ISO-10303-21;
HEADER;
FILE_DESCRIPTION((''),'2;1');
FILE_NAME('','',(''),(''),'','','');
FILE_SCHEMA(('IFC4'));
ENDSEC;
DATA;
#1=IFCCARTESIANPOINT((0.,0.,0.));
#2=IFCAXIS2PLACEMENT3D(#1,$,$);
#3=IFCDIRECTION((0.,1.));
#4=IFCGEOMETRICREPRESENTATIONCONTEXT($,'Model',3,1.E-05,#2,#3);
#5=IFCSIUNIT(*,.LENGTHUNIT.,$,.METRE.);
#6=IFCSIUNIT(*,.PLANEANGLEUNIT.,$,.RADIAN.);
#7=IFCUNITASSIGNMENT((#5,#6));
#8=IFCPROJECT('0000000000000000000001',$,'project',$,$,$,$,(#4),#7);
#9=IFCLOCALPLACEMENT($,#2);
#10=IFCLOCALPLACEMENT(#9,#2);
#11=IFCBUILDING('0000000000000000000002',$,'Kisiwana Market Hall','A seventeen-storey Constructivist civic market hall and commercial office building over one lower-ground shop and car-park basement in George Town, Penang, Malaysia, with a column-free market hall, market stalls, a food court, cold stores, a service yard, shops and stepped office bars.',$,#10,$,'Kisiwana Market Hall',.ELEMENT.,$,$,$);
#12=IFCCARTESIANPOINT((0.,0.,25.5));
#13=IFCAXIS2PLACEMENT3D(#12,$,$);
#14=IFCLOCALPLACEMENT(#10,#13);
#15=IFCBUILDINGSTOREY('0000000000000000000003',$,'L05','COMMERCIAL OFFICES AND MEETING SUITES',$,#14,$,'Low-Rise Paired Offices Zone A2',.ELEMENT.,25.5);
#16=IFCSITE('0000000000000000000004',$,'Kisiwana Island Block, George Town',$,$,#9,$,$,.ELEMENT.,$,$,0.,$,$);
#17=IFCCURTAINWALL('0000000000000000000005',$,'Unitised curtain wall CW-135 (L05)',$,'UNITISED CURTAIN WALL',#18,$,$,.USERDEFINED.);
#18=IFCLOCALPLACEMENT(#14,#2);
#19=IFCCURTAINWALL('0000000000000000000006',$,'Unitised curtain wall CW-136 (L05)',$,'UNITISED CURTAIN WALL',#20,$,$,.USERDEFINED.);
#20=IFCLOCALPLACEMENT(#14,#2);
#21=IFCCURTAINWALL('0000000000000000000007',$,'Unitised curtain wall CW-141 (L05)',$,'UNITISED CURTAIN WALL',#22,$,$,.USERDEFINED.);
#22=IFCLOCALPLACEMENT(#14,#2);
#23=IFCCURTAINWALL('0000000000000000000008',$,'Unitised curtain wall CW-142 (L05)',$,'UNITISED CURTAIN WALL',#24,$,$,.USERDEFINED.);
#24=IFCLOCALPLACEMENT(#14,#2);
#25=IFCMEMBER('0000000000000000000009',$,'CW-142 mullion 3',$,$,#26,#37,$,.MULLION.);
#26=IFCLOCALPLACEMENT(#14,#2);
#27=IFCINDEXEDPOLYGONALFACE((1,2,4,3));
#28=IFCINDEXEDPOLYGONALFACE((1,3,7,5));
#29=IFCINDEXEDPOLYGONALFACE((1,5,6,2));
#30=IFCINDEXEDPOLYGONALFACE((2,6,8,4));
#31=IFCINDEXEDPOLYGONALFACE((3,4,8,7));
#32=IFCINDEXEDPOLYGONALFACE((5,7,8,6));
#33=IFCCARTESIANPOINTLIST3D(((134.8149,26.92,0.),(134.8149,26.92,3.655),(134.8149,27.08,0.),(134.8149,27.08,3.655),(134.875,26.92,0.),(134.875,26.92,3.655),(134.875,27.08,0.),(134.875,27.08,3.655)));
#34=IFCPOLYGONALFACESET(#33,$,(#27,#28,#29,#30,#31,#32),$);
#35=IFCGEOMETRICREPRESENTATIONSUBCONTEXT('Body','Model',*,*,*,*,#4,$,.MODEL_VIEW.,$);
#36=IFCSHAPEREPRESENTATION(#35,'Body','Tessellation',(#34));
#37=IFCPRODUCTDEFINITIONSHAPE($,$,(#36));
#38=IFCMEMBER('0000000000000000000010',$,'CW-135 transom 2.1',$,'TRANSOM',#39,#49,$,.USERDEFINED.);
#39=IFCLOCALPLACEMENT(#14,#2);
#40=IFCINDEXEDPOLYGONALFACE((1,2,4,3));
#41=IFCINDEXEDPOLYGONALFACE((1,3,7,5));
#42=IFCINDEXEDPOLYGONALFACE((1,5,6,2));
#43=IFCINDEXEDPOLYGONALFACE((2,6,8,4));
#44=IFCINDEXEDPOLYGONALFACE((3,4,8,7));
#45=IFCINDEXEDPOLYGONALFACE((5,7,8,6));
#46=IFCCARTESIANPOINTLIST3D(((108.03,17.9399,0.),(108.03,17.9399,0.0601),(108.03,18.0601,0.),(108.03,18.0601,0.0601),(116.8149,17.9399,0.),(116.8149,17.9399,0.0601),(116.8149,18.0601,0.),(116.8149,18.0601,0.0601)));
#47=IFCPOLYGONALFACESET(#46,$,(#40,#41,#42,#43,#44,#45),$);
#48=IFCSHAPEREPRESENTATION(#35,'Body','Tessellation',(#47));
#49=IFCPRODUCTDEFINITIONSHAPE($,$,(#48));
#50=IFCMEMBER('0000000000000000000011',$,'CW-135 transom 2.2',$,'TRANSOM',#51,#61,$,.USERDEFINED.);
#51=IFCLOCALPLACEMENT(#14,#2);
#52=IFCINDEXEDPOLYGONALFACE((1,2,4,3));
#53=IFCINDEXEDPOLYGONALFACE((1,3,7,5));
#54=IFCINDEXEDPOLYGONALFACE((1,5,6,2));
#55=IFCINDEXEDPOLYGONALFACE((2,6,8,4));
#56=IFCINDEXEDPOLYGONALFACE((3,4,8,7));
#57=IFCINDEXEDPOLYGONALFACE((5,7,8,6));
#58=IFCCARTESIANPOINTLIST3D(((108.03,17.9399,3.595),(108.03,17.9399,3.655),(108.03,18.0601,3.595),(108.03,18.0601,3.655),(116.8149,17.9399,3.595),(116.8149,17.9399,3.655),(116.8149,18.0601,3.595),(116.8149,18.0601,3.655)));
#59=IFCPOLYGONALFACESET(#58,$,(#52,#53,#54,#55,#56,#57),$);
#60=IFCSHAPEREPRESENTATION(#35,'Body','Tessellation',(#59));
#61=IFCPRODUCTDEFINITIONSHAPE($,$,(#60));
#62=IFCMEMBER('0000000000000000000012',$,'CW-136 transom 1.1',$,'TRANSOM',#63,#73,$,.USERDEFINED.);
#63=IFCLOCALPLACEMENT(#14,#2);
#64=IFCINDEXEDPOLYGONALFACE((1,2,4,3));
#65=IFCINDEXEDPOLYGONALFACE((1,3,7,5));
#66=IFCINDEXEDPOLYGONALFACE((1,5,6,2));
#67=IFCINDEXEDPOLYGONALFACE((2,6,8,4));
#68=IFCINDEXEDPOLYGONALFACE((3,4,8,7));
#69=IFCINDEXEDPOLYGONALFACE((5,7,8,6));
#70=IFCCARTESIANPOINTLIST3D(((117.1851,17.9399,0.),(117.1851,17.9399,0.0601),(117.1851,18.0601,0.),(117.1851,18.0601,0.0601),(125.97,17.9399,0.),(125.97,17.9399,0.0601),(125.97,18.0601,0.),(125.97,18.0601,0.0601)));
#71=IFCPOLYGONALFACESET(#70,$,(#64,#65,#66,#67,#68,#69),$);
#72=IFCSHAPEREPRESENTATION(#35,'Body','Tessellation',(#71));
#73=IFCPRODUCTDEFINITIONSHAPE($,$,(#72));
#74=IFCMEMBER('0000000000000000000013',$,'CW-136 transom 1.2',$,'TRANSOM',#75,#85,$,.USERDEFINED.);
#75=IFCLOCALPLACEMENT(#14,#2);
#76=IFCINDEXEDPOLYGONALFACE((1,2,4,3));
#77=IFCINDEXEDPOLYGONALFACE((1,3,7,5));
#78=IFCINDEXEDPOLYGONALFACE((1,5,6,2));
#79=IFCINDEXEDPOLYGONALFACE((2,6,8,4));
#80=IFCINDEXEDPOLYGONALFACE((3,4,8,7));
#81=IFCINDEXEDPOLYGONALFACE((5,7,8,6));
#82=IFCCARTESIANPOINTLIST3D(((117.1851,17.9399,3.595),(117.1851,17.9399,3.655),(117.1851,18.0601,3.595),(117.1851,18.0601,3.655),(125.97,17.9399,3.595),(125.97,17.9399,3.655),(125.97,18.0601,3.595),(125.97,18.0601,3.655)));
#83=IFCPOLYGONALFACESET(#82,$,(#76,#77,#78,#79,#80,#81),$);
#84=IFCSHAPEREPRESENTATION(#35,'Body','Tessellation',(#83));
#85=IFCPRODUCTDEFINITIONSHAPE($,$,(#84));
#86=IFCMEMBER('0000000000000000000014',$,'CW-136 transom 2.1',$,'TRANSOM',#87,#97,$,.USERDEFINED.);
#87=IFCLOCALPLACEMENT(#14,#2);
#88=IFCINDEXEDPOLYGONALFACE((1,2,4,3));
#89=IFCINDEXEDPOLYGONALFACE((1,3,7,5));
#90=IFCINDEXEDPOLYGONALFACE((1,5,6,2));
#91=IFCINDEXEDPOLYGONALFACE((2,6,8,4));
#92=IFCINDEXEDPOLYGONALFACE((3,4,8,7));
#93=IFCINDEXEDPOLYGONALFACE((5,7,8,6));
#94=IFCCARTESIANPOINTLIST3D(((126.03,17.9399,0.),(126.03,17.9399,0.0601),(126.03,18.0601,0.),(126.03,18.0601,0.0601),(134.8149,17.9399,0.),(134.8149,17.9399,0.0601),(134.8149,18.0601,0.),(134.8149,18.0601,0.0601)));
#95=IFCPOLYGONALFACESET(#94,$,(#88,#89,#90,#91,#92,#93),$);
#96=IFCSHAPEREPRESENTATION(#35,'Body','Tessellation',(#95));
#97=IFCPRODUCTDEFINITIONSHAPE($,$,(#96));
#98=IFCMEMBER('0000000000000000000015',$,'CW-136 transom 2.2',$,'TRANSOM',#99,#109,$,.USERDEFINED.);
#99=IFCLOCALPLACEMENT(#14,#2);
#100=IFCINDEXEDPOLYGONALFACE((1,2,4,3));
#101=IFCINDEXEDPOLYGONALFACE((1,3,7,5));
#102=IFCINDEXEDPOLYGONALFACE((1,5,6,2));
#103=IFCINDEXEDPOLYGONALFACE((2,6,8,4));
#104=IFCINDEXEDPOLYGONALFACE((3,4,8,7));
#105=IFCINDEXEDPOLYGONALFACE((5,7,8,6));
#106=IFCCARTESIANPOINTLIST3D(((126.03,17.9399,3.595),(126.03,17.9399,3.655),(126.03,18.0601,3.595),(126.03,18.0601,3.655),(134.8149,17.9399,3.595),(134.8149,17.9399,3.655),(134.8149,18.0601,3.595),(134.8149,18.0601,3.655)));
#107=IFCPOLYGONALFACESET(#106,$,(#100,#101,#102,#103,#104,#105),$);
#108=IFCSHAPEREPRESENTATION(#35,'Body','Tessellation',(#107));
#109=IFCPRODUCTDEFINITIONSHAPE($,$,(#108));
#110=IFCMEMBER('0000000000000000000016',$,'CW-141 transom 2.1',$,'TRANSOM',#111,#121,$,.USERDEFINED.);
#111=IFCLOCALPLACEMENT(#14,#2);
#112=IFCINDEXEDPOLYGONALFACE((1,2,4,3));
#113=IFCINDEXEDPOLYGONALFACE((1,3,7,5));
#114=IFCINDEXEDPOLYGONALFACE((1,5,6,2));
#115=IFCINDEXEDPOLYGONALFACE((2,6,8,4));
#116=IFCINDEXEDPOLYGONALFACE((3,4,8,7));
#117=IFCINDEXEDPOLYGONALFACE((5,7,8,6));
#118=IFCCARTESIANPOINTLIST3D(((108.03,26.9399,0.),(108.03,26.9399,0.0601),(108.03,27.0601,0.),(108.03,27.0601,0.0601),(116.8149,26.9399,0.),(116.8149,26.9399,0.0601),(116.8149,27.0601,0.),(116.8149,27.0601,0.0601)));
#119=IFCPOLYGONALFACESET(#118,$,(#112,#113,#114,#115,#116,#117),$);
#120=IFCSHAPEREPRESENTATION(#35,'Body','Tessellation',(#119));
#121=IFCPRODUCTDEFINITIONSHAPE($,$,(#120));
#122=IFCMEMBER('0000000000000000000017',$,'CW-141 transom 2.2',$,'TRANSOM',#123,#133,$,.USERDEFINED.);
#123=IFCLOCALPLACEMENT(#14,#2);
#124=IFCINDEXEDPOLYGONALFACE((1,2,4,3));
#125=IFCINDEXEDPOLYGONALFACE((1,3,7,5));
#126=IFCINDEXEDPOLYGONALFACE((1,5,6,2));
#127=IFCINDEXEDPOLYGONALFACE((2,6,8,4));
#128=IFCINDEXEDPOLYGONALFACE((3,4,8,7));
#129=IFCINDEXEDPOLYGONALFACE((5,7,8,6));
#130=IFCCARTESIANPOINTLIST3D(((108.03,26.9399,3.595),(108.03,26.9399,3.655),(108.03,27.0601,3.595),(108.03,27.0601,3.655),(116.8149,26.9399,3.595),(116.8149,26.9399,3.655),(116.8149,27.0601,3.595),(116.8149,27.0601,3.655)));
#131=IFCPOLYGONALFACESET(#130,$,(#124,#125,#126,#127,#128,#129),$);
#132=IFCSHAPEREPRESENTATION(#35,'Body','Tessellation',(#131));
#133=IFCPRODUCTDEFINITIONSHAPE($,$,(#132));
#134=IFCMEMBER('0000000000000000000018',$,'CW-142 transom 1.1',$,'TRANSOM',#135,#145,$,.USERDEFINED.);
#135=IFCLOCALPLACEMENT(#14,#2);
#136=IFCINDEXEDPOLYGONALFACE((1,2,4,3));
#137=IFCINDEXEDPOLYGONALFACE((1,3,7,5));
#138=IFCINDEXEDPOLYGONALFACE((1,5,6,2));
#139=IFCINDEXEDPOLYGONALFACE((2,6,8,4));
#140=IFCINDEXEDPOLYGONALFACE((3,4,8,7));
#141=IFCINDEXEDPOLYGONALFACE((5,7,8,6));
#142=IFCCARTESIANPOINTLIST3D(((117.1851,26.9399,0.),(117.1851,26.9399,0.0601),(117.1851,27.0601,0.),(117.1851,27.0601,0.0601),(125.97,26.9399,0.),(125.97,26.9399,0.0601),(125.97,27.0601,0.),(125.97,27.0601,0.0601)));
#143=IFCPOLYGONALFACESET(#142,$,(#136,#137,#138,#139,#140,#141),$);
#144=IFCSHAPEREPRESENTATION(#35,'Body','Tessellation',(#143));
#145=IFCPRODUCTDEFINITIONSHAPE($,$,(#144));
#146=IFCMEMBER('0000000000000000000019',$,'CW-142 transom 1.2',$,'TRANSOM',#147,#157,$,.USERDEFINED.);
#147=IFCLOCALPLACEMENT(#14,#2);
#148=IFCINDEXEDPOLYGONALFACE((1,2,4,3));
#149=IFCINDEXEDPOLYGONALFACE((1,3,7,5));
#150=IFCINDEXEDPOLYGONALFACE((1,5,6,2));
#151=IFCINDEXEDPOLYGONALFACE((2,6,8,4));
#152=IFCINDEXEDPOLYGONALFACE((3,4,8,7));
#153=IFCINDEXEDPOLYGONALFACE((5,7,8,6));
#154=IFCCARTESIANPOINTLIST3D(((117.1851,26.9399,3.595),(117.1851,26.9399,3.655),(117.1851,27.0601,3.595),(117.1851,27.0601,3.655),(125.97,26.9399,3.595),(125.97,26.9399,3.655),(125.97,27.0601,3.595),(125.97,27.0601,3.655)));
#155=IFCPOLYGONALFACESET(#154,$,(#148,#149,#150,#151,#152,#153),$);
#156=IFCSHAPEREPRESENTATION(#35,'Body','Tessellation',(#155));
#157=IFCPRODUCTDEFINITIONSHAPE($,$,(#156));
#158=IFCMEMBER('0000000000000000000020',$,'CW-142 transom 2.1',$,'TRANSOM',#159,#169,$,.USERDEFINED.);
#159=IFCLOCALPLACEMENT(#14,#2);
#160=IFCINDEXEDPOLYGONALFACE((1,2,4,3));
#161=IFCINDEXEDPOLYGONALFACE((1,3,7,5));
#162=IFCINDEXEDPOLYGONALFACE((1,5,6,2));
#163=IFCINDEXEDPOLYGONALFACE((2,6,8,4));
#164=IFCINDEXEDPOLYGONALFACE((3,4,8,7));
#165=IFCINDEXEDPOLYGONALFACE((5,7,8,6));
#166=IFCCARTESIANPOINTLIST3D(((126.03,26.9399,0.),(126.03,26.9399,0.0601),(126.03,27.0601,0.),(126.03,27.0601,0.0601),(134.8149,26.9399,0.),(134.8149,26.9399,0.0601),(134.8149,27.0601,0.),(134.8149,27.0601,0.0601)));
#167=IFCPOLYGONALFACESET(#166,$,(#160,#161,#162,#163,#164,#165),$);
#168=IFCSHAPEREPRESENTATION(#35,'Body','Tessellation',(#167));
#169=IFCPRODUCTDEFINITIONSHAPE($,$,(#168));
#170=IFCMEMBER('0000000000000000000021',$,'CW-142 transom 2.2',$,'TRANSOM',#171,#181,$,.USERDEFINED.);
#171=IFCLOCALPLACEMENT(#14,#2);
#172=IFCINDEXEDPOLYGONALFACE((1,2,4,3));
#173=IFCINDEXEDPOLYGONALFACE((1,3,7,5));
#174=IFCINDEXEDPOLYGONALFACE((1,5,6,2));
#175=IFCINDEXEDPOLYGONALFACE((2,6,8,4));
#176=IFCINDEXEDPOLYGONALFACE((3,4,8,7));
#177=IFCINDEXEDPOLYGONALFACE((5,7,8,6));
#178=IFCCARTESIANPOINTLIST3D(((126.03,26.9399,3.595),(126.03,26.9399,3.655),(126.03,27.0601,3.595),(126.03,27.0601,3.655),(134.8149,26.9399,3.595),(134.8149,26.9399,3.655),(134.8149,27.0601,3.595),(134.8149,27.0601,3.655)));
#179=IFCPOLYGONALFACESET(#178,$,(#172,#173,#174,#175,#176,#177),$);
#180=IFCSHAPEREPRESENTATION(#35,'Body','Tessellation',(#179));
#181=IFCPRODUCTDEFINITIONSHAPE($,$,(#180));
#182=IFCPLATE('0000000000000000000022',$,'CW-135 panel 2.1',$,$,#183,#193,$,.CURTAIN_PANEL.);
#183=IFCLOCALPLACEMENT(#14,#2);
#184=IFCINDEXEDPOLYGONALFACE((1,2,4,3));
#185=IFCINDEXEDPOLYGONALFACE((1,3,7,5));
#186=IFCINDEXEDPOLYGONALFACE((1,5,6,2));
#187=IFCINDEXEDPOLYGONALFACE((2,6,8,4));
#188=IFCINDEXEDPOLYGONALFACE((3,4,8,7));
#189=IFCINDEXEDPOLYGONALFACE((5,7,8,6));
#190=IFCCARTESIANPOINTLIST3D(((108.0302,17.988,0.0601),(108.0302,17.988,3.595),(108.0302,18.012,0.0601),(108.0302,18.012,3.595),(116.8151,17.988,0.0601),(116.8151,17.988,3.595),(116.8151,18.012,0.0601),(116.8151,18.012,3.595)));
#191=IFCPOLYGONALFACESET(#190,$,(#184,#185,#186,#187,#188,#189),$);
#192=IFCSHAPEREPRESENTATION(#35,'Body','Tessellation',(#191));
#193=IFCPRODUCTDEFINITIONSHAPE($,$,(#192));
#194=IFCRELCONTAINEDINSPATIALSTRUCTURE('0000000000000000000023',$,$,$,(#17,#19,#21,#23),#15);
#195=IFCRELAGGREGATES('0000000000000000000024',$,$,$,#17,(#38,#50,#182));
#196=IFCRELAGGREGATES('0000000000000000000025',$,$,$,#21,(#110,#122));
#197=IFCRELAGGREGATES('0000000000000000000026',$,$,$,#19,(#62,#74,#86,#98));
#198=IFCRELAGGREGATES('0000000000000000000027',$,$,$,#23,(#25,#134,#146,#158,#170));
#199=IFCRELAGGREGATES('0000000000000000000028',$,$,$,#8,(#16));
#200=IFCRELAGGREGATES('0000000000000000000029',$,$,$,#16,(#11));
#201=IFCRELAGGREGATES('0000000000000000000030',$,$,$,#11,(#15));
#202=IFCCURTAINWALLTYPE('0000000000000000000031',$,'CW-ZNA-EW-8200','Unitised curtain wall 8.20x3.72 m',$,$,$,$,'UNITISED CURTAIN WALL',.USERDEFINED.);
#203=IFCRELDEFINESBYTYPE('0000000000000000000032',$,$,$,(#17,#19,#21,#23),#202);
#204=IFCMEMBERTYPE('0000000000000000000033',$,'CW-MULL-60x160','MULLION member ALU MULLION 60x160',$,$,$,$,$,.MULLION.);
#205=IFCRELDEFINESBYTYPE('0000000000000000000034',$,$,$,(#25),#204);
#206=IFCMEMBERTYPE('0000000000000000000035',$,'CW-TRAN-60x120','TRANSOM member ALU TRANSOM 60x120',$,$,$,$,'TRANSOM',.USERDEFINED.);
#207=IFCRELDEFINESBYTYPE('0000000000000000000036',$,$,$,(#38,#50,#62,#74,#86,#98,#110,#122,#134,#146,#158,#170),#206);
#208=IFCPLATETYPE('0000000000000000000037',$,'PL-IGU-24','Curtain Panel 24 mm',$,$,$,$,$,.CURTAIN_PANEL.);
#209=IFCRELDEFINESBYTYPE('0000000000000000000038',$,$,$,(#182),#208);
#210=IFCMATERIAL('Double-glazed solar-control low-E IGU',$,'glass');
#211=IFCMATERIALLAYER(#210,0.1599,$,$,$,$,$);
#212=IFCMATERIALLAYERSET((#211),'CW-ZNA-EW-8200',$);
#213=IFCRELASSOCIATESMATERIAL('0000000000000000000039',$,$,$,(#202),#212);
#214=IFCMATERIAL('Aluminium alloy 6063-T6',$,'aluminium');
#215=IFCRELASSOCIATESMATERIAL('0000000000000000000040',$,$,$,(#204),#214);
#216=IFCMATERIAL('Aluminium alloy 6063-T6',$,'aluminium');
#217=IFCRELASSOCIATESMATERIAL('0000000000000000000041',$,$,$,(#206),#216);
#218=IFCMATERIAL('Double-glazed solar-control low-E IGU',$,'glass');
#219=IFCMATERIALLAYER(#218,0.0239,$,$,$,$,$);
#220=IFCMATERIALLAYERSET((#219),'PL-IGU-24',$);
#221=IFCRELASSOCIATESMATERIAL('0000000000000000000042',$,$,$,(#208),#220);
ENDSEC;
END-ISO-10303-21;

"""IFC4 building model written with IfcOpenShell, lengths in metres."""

from ifc_helpers import new_model, si_unit, direction, frame, origin, origin_2d, place, context, subcontext, project, spatial, rectangle, extrude, material, layer, layer_set, material_profile, profile_set, type_object, element, aggregate, save


model = new_model("IFC4")

# Units and contexts
model_context = context("Model", 3, precision=1e-05, world=origin(), true_north=direction((0.0, 1.0)))
body_context = subcontext(model_context, "Body", "Model", "MODEL_VIEW")
ifc_project = project(units=[si_unit("LENGTHUNIT", "METRE"), si_unit("PLANEANGLEUNIT", "RADIAN")], contexts=[model_context])

# Site, building, storey
site_placement = place(None, origin())
site = spatial("IfcSite", under=ifc_project, at=site_placement, Name="Kisiwana Island Block, George Town", CompositionType="ELEMENT", RefElevation=0.0)
building_placement = place(site_placement, origin())
building = spatial("IfcBuilding", under=site, at=building_placement, Name="Kisiwana Market Hall", Description="A seventeen-storey Constructivist civic market hall and commercial office building over one lower-ground shop and car-park basement in George Town, Penang, Malaysia, with a column-free market hall, market stalls, a food court, cold stores, a service yard, shops and stepped office bars.", LongName="Kisiwana Market Hall", CompositionType="ELEMENT")
storey_placement = place(building_placement, frame((0.0, 0.0, 25.5)))
storey = spatial("IfcBuildingStorey", under=building, at=storey_placement, Name="L05", Description="COMMERCIAL OFFICES AND MEETING SUITES", LongName="Low-Rise Paired Offices Zone A2", CompositionType="ELEMENT", Elevation=25.5)

# Curtain wall
ifc_material_1 = material(Name="Double-glazed solar-control low-E IGU", Category="glass")
ifc_layer_1 = layer(ifc_material_1, 0.1599)
ifc_layer_set_1 = layer_set([ifc_layer_1], Name="CW-ZNA-EW-8200")
curtain_wall_type = type_object("IfcCurtainWallType", Name="CW-ZNA-EW-8200", Description="Unitised curtain wall 8.20x3.72 m", ElementType="UNITISED CURTAIN WALL", PredefinedType="USERDEFINED", material=ifc_layer_set_1)
curtain_wall_1_placement = place(storey_placement, origin())
curtain_wall_1 = element("IfcCurtainWall", 1, at=curtain_wall_1_placement, inside=storey, type_object=curtain_wall_type, Name="Unitised curtain wall CW-135 (L05)", ObjectType="UNITISED CURTAIN WALL", PredefinedType="USERDEFINED")
ifc_material_2 = material(Name="Aluminium alloy 6063-T6", Category="aluminium")
ifc_material_profile_1 = material_profile(ifc_material_2, rectangle(XDim=0.0601, YDim=0.1599, at=origin_2d()), Name="ALU MULLION 60x160")
ifc_profile_set_1 = profile_set([ifc_material_profile_1], Name="Aluminium alloy 6063-T6")
member_type_1 = type_object("IfcMemberType", Name="CW-MULL-60x160", Description="MULLION member ALU MULLION 60x160", PredefinedType="MULLION", material=ifc_profile_set_1)

# Curtain wall
curtain_wall_2_placement = place(storey_placement, origin())
curtain_wall_2 = element("IfcCurtainWall", 2, at=curtain_wall_2_placement, inside=storey, type_object=curtain_wall_type, Name="Unitised curtain wall CW-136 (L05)", ObjectType="UNITISED CURTAIN WALL", PredefinedType="USERDEFINED")

# Curtain wall
curtain_wall_3_placement = place(storey_placement, origin())
curtain_wall_3 = element("IfcCurtainWall", 3, at=curtain_wall_3_placement, inside=storey, type_object=curtain_wall_type, Name="Unitised curtain wall CW-141 (L05)", ObjectType="UNITISED CURTAIN WALL", PredefinedType="USERDEFINED")

# Curtain wall, member
curtain_wall_4_placement = place(storey_placement, origin())
curtain_wall_4 = element("IfcCurtainWall", 4, at=curtain_wall_4_placement, inside=storey, type_object=curtain_wall_type, Name="Unitised curtain wall CW-142 (L05)", ObjectType="UNITISED CURTAIN WALL", PredefinedType="USERDEFINED")
member_1_placement = place(storey_placement, frame((134.845, 27.0, 0.0), z_axis=(0.0, 0.0, 1.0), x_axis=(1.0, 0.0, 0.0)))
member_1 = element("IfcMember", 5, at=member_1_placement, type_object=member_type_1, Name="CW-142 mullion 3", PredefinedType="MULLION", context=body_context, shape_type="SweptSolid", body=[
    extrude(rectangle(XDim=0.0601, YDim=0.1599, at=origin_2d()), origin(), (0.0, 0.0, 1.0), 3.655),
])

# Members
ifc_material_3 = material(Name="Aluminium alloy 6063-T6", Category="aluminium")
ifc_material_profile_2 = material_profile(ifc_material_3, rectangle(XDim=0.1201, YDim=0.0601, at=origin_2d()), Name="ALU TRANSOM 60x120")
ifc_profile_set_2 = profile_set([ifc_material_profile_2], Name="Aluminium alloy 6063-T6")
member_type_2 = type_object("IfcMemberType", Name="CW-TRAN-60x120", Description="TRANSOM member ALU TRANSOM 60x120", ElementType="TRANSOM", PredefinedType="USERDEFINED", material=ifc_profile_set_2)
member_2_placement = place(storey_placement, frame((108.03, 18.0, 0.03), z_axis=(1.0, 0.0, 0.0), x_axis=(0.0, 1.0, 0.0)))
member_2 = element("IfcMember", 6, at=member_2_placement, type_object=member_type_2, Name="CW-135 transom 2.1", ObjectType="TRANSOM", PredefinedType="USERDEFINED", context=body_context, shape_type="SweptSolid", body=[
    extrude(rectangle(XDim=0.1201, YDim=0.0601, at=origin_2d()), origin(), (0.0, 0.0, 1.0), 8.7849),
])
member_3_placement = place(storey_placement, frame((108.03, 18.0, 3.625), z_axis=(1.0, 0.0, 0.0), x_axis=(0.0, 1.0, 0.0)))
member_3 = element("IfcMember", 7, at=member_3_placement, type_object=member_type_2, Name="CW-135 transom 2.2", ObjectType="TRANSOM", PredefinedType="USERDEFINED", context=body_context, shape_type="SweptSolid", body=[
    extrude(rectangle(XDim=0.1201, YDim=0.0601, at=origin_2d()), origin(), (0.0, 0.0, 1.0), 8.7849),
])
member_4_placement = place(storey_placement, frame((117.1851, 18.0, 0.03), z_axis=(1.0, 0.0, 0.0), x_axis=(0.0, 1.0, 0.0)))
member_4 = element("IfcMember", 8, at=member_4_placement, type_object=member_type_2, Name="CW-136 transom 1.1", ObjectType="TRANSOM", PredefinedType="USERDEFINED", context=body_context, shape_type="SweptSolid", body=[
    extrude(rectangle(XDim=0.1201, YDim=0.0601, at=origin_2d()), origin(), (0.0, 0.0, 1.0), 8.7849),
])
member_5_placement = place(storey_placement, frame((117.1851, 18.0, 3.625), z_axis=(1.0, 0.0, 0.0), x_axis=(0.0, 1.0, 0.0)))
member_5 = element("IfcMember", 9, at=member_5_placement, type_object=member_type_2, Name="CW-136 transom 1.2", ObjectType="TRANSOM", PredefinedType="USERDEFINED", context=body_context, shape_type="SweptSolid", body=[
    extrude(rectangle(XDim=0.1201, YDim=0.0601, at=origin_2d()), origin(), (0.0, 0.0, 1.0), 8.7849),
])
member_6_placement = place(storey_placement, frame((126.03, 18.0, 0.03), z_axis=(1.0, 0.0, 0.0), x_axis=(0.0, 1.0, 0.0)))
member_6 = element("IfcMember", 10, at=member_6_placement, type_object=member_type_2, Name="CW-136 transom 2.1", ObjectType="TRANSOM", PredefinedType="USERDEFINED", context=body_context, shape_type="SweptSolid", body=[
    extrude(rectangle(XDim=0.1201, YDim=0.0601, at=origin_2d()), origin(), (0.0, 0.0, 1.0), 8.7849),
])
member_7_placement = place(storey_placement, frame((126.03, 18.0, 3.625), z_axis=(1.0, 0.0, 0.0), x_axis=(0.0, 1.0, 0.0)))
member_7 = element("IfcMember", 11, at=member_7_placement, type_object=member_type_2, Name="CW-136 transom 2.2", ObjectType="TRANSOM", PredefinedType="USERDEFINED", context=body_context, shape_type="SweptSolid", body=[
    extrude(rectangle(XDim=0.1201, YDim=0.0601, at=origin_2d()), origin(), (0.0, 0.0, 1.0), 8.7849),
])
member_8_placement = place(storey_placement, frame((108.03, 27.0, 0.03), z_axis=(1.0, 0.0, 0.0), x_axis=(0.0, 1.0, 0.0)))
member_8 = element("IfcMember", 12, at=member_8_placement, type_object=member_type_2, Name="CW-141 transom 2.1", ObjectType="TRANSOM", PredefinedType="USERDEFINED", context=body_context, shape_type="SweptSolid", body=[
    extrude(rectangle(XDim=0.1201, YDim=0.0601, at=origin_2d()), origin(), (0.0, 0.0, 1.0), 8.7849),
])
member_9_placement = place(storey_placement, frame((108.03, 27.0, 3.625), z_axis=(1.0, 0.0, 0.0), x_axis=(0.0, 1.0, 0.0)))
member_9 = element("IfcMember", 13, at=member_9_placement, type_object=member_type_2, Name="CW-141 transom 2.2", ObjectType="TRANSOM", PredefinedType="USERDEFINED", context=body_context, shape_type="SweptSolid", body=[
    extrude(rectangle(XDim=0.1201, YDim=0.0601, at=origin_2d()), origin(), (0.0, 0.0, 1.0), 8.7849),
])
member_10_placement = place(storey_placement, frame((117.1851, 27.0, 0.03), z_axis=(1.0, 0.0, 0.0), x_axis=(0.0, 1.0, 0.0)))
member_10 = element("IfcMember", 14, at=member_10_placement, type_object=member_type_2, Name="CW-142 transom 1.1", ObjectType="TRANSOM", PredefinedType="USERDEFINED", context=body_context, shape_type="SweptSolid", body=[
    extrude(rectangle(XDim=0.1201, YDim=0.0601, at=origin_2d()), origin(), (0.0, 0.0, 1.0), 8.7849),
])
member_11_placement = place(storey_placement, frame((117.1851, 27.0, 3.625), z_axis=(1.0, 0.0, 0.0), x_axis=(0.0, 1.0, 0.0)))
member_11 = element("IfcMember", 15, at=member_11_placement, type_object=member_type_2, Name="CW-142 transom 1.2", ObjectType="TRANSOM", PredefinedType="USERDEFINED", context=body_context, shape_type="SweptSolid", body=[
    extrude(rectangle(XDim=0.1201, YDim=0.0601, at=origin_2d()), origin(), (0.0, 0.0, 1.0), 8.7849),
])
member_12_placement = place(storey_placement, frame((126.03, 27.0, 0.03), z_axis=(1.0, 0.0, 0.0), x_axis=(0.0, 1.0, 0.0)))
member_12 = element("IfcMember", 16, at=member_12_placement, type_object=member_type_2, Name="CW-142 transom 2.1", ObjectType="TRANSOM", PredefinedType="USERDEFINED", context=body_context, shape_type="SweptSolid", body=[
    extrude(rectangle(XDim=0.1201, YDim=0.0601, at=origin_2d()), origin(), (0.0, 0.0, 1.0), 8.7849),
])
member_13_placement = place(storey_placement, frame((126.03, 27.0, 3.625), z_axis=(1.0, 0.0, 0.0), x_axis=(0.0, 1.0, 0.0)))
member_13 = element("IfcMember", 17, at=member_13_placement, type_object=member_type_2, Name="CW-142 transom 2.2", ObjectType="TRANSOM", PredefinedType="USERDEFINED", context=body_context, shape_type="SweptSolid", body=[
    extrude(rectangle(XDim=0.1201, YDim=0.0601, at=origin_2d()), origin(), (0.0, 0.0, 1.0), 8.7849),
])

# Plate
ifc_material_4 = material(Name="Double-glazed solar-control low-E IGU", Category="glass")
ifc_layer_2 = layer(ifc_material_4, 0.0239)
ifc_layer_set_2 = layer_set([ifc_layer_2], Name="PL-IGU-24")
plate_type_1 = type_object("IfcPlateType", Name="PL-IGU-24", Description="Curtain Panel 24 mm", PredefinedType="CURTAIN_PANEL", material=ifc_layer_set_2)
plate_1_placement = place(storey_placement, frame((112.4226, 18.0, 0.0601), z_axis=(0.0, 0.0, 1.0), x_axis=(1.0, 0.0, 0.0)))
plate_1 = element("IfcPlate", 18, at=plate_1_placement, type_object=plate_type_1, Name="CW-135 panel 2.1", PredefinedType="CURTAIN_PANEL", context=body_context, shape_type="SweptSolid", body=[
    extrude(rectangle(XDim=8.7849, YDim=0.0239, at=origin_2d()), origin(), (0.0, 0.0, 1.0), 3.5349),
])
aggregate(curtain_wall_1, [member_2, member_3, plate_1])
aggregate(curtain_wall_3, [member_8, member_9])
aggregate(curtain_wall_2, [member_4, member_5, member_6, member_7])
aggregate(curtain_wall_4, [member_1, member_10, member_11, member_12, member_13])

save(model, "model.ifc")
